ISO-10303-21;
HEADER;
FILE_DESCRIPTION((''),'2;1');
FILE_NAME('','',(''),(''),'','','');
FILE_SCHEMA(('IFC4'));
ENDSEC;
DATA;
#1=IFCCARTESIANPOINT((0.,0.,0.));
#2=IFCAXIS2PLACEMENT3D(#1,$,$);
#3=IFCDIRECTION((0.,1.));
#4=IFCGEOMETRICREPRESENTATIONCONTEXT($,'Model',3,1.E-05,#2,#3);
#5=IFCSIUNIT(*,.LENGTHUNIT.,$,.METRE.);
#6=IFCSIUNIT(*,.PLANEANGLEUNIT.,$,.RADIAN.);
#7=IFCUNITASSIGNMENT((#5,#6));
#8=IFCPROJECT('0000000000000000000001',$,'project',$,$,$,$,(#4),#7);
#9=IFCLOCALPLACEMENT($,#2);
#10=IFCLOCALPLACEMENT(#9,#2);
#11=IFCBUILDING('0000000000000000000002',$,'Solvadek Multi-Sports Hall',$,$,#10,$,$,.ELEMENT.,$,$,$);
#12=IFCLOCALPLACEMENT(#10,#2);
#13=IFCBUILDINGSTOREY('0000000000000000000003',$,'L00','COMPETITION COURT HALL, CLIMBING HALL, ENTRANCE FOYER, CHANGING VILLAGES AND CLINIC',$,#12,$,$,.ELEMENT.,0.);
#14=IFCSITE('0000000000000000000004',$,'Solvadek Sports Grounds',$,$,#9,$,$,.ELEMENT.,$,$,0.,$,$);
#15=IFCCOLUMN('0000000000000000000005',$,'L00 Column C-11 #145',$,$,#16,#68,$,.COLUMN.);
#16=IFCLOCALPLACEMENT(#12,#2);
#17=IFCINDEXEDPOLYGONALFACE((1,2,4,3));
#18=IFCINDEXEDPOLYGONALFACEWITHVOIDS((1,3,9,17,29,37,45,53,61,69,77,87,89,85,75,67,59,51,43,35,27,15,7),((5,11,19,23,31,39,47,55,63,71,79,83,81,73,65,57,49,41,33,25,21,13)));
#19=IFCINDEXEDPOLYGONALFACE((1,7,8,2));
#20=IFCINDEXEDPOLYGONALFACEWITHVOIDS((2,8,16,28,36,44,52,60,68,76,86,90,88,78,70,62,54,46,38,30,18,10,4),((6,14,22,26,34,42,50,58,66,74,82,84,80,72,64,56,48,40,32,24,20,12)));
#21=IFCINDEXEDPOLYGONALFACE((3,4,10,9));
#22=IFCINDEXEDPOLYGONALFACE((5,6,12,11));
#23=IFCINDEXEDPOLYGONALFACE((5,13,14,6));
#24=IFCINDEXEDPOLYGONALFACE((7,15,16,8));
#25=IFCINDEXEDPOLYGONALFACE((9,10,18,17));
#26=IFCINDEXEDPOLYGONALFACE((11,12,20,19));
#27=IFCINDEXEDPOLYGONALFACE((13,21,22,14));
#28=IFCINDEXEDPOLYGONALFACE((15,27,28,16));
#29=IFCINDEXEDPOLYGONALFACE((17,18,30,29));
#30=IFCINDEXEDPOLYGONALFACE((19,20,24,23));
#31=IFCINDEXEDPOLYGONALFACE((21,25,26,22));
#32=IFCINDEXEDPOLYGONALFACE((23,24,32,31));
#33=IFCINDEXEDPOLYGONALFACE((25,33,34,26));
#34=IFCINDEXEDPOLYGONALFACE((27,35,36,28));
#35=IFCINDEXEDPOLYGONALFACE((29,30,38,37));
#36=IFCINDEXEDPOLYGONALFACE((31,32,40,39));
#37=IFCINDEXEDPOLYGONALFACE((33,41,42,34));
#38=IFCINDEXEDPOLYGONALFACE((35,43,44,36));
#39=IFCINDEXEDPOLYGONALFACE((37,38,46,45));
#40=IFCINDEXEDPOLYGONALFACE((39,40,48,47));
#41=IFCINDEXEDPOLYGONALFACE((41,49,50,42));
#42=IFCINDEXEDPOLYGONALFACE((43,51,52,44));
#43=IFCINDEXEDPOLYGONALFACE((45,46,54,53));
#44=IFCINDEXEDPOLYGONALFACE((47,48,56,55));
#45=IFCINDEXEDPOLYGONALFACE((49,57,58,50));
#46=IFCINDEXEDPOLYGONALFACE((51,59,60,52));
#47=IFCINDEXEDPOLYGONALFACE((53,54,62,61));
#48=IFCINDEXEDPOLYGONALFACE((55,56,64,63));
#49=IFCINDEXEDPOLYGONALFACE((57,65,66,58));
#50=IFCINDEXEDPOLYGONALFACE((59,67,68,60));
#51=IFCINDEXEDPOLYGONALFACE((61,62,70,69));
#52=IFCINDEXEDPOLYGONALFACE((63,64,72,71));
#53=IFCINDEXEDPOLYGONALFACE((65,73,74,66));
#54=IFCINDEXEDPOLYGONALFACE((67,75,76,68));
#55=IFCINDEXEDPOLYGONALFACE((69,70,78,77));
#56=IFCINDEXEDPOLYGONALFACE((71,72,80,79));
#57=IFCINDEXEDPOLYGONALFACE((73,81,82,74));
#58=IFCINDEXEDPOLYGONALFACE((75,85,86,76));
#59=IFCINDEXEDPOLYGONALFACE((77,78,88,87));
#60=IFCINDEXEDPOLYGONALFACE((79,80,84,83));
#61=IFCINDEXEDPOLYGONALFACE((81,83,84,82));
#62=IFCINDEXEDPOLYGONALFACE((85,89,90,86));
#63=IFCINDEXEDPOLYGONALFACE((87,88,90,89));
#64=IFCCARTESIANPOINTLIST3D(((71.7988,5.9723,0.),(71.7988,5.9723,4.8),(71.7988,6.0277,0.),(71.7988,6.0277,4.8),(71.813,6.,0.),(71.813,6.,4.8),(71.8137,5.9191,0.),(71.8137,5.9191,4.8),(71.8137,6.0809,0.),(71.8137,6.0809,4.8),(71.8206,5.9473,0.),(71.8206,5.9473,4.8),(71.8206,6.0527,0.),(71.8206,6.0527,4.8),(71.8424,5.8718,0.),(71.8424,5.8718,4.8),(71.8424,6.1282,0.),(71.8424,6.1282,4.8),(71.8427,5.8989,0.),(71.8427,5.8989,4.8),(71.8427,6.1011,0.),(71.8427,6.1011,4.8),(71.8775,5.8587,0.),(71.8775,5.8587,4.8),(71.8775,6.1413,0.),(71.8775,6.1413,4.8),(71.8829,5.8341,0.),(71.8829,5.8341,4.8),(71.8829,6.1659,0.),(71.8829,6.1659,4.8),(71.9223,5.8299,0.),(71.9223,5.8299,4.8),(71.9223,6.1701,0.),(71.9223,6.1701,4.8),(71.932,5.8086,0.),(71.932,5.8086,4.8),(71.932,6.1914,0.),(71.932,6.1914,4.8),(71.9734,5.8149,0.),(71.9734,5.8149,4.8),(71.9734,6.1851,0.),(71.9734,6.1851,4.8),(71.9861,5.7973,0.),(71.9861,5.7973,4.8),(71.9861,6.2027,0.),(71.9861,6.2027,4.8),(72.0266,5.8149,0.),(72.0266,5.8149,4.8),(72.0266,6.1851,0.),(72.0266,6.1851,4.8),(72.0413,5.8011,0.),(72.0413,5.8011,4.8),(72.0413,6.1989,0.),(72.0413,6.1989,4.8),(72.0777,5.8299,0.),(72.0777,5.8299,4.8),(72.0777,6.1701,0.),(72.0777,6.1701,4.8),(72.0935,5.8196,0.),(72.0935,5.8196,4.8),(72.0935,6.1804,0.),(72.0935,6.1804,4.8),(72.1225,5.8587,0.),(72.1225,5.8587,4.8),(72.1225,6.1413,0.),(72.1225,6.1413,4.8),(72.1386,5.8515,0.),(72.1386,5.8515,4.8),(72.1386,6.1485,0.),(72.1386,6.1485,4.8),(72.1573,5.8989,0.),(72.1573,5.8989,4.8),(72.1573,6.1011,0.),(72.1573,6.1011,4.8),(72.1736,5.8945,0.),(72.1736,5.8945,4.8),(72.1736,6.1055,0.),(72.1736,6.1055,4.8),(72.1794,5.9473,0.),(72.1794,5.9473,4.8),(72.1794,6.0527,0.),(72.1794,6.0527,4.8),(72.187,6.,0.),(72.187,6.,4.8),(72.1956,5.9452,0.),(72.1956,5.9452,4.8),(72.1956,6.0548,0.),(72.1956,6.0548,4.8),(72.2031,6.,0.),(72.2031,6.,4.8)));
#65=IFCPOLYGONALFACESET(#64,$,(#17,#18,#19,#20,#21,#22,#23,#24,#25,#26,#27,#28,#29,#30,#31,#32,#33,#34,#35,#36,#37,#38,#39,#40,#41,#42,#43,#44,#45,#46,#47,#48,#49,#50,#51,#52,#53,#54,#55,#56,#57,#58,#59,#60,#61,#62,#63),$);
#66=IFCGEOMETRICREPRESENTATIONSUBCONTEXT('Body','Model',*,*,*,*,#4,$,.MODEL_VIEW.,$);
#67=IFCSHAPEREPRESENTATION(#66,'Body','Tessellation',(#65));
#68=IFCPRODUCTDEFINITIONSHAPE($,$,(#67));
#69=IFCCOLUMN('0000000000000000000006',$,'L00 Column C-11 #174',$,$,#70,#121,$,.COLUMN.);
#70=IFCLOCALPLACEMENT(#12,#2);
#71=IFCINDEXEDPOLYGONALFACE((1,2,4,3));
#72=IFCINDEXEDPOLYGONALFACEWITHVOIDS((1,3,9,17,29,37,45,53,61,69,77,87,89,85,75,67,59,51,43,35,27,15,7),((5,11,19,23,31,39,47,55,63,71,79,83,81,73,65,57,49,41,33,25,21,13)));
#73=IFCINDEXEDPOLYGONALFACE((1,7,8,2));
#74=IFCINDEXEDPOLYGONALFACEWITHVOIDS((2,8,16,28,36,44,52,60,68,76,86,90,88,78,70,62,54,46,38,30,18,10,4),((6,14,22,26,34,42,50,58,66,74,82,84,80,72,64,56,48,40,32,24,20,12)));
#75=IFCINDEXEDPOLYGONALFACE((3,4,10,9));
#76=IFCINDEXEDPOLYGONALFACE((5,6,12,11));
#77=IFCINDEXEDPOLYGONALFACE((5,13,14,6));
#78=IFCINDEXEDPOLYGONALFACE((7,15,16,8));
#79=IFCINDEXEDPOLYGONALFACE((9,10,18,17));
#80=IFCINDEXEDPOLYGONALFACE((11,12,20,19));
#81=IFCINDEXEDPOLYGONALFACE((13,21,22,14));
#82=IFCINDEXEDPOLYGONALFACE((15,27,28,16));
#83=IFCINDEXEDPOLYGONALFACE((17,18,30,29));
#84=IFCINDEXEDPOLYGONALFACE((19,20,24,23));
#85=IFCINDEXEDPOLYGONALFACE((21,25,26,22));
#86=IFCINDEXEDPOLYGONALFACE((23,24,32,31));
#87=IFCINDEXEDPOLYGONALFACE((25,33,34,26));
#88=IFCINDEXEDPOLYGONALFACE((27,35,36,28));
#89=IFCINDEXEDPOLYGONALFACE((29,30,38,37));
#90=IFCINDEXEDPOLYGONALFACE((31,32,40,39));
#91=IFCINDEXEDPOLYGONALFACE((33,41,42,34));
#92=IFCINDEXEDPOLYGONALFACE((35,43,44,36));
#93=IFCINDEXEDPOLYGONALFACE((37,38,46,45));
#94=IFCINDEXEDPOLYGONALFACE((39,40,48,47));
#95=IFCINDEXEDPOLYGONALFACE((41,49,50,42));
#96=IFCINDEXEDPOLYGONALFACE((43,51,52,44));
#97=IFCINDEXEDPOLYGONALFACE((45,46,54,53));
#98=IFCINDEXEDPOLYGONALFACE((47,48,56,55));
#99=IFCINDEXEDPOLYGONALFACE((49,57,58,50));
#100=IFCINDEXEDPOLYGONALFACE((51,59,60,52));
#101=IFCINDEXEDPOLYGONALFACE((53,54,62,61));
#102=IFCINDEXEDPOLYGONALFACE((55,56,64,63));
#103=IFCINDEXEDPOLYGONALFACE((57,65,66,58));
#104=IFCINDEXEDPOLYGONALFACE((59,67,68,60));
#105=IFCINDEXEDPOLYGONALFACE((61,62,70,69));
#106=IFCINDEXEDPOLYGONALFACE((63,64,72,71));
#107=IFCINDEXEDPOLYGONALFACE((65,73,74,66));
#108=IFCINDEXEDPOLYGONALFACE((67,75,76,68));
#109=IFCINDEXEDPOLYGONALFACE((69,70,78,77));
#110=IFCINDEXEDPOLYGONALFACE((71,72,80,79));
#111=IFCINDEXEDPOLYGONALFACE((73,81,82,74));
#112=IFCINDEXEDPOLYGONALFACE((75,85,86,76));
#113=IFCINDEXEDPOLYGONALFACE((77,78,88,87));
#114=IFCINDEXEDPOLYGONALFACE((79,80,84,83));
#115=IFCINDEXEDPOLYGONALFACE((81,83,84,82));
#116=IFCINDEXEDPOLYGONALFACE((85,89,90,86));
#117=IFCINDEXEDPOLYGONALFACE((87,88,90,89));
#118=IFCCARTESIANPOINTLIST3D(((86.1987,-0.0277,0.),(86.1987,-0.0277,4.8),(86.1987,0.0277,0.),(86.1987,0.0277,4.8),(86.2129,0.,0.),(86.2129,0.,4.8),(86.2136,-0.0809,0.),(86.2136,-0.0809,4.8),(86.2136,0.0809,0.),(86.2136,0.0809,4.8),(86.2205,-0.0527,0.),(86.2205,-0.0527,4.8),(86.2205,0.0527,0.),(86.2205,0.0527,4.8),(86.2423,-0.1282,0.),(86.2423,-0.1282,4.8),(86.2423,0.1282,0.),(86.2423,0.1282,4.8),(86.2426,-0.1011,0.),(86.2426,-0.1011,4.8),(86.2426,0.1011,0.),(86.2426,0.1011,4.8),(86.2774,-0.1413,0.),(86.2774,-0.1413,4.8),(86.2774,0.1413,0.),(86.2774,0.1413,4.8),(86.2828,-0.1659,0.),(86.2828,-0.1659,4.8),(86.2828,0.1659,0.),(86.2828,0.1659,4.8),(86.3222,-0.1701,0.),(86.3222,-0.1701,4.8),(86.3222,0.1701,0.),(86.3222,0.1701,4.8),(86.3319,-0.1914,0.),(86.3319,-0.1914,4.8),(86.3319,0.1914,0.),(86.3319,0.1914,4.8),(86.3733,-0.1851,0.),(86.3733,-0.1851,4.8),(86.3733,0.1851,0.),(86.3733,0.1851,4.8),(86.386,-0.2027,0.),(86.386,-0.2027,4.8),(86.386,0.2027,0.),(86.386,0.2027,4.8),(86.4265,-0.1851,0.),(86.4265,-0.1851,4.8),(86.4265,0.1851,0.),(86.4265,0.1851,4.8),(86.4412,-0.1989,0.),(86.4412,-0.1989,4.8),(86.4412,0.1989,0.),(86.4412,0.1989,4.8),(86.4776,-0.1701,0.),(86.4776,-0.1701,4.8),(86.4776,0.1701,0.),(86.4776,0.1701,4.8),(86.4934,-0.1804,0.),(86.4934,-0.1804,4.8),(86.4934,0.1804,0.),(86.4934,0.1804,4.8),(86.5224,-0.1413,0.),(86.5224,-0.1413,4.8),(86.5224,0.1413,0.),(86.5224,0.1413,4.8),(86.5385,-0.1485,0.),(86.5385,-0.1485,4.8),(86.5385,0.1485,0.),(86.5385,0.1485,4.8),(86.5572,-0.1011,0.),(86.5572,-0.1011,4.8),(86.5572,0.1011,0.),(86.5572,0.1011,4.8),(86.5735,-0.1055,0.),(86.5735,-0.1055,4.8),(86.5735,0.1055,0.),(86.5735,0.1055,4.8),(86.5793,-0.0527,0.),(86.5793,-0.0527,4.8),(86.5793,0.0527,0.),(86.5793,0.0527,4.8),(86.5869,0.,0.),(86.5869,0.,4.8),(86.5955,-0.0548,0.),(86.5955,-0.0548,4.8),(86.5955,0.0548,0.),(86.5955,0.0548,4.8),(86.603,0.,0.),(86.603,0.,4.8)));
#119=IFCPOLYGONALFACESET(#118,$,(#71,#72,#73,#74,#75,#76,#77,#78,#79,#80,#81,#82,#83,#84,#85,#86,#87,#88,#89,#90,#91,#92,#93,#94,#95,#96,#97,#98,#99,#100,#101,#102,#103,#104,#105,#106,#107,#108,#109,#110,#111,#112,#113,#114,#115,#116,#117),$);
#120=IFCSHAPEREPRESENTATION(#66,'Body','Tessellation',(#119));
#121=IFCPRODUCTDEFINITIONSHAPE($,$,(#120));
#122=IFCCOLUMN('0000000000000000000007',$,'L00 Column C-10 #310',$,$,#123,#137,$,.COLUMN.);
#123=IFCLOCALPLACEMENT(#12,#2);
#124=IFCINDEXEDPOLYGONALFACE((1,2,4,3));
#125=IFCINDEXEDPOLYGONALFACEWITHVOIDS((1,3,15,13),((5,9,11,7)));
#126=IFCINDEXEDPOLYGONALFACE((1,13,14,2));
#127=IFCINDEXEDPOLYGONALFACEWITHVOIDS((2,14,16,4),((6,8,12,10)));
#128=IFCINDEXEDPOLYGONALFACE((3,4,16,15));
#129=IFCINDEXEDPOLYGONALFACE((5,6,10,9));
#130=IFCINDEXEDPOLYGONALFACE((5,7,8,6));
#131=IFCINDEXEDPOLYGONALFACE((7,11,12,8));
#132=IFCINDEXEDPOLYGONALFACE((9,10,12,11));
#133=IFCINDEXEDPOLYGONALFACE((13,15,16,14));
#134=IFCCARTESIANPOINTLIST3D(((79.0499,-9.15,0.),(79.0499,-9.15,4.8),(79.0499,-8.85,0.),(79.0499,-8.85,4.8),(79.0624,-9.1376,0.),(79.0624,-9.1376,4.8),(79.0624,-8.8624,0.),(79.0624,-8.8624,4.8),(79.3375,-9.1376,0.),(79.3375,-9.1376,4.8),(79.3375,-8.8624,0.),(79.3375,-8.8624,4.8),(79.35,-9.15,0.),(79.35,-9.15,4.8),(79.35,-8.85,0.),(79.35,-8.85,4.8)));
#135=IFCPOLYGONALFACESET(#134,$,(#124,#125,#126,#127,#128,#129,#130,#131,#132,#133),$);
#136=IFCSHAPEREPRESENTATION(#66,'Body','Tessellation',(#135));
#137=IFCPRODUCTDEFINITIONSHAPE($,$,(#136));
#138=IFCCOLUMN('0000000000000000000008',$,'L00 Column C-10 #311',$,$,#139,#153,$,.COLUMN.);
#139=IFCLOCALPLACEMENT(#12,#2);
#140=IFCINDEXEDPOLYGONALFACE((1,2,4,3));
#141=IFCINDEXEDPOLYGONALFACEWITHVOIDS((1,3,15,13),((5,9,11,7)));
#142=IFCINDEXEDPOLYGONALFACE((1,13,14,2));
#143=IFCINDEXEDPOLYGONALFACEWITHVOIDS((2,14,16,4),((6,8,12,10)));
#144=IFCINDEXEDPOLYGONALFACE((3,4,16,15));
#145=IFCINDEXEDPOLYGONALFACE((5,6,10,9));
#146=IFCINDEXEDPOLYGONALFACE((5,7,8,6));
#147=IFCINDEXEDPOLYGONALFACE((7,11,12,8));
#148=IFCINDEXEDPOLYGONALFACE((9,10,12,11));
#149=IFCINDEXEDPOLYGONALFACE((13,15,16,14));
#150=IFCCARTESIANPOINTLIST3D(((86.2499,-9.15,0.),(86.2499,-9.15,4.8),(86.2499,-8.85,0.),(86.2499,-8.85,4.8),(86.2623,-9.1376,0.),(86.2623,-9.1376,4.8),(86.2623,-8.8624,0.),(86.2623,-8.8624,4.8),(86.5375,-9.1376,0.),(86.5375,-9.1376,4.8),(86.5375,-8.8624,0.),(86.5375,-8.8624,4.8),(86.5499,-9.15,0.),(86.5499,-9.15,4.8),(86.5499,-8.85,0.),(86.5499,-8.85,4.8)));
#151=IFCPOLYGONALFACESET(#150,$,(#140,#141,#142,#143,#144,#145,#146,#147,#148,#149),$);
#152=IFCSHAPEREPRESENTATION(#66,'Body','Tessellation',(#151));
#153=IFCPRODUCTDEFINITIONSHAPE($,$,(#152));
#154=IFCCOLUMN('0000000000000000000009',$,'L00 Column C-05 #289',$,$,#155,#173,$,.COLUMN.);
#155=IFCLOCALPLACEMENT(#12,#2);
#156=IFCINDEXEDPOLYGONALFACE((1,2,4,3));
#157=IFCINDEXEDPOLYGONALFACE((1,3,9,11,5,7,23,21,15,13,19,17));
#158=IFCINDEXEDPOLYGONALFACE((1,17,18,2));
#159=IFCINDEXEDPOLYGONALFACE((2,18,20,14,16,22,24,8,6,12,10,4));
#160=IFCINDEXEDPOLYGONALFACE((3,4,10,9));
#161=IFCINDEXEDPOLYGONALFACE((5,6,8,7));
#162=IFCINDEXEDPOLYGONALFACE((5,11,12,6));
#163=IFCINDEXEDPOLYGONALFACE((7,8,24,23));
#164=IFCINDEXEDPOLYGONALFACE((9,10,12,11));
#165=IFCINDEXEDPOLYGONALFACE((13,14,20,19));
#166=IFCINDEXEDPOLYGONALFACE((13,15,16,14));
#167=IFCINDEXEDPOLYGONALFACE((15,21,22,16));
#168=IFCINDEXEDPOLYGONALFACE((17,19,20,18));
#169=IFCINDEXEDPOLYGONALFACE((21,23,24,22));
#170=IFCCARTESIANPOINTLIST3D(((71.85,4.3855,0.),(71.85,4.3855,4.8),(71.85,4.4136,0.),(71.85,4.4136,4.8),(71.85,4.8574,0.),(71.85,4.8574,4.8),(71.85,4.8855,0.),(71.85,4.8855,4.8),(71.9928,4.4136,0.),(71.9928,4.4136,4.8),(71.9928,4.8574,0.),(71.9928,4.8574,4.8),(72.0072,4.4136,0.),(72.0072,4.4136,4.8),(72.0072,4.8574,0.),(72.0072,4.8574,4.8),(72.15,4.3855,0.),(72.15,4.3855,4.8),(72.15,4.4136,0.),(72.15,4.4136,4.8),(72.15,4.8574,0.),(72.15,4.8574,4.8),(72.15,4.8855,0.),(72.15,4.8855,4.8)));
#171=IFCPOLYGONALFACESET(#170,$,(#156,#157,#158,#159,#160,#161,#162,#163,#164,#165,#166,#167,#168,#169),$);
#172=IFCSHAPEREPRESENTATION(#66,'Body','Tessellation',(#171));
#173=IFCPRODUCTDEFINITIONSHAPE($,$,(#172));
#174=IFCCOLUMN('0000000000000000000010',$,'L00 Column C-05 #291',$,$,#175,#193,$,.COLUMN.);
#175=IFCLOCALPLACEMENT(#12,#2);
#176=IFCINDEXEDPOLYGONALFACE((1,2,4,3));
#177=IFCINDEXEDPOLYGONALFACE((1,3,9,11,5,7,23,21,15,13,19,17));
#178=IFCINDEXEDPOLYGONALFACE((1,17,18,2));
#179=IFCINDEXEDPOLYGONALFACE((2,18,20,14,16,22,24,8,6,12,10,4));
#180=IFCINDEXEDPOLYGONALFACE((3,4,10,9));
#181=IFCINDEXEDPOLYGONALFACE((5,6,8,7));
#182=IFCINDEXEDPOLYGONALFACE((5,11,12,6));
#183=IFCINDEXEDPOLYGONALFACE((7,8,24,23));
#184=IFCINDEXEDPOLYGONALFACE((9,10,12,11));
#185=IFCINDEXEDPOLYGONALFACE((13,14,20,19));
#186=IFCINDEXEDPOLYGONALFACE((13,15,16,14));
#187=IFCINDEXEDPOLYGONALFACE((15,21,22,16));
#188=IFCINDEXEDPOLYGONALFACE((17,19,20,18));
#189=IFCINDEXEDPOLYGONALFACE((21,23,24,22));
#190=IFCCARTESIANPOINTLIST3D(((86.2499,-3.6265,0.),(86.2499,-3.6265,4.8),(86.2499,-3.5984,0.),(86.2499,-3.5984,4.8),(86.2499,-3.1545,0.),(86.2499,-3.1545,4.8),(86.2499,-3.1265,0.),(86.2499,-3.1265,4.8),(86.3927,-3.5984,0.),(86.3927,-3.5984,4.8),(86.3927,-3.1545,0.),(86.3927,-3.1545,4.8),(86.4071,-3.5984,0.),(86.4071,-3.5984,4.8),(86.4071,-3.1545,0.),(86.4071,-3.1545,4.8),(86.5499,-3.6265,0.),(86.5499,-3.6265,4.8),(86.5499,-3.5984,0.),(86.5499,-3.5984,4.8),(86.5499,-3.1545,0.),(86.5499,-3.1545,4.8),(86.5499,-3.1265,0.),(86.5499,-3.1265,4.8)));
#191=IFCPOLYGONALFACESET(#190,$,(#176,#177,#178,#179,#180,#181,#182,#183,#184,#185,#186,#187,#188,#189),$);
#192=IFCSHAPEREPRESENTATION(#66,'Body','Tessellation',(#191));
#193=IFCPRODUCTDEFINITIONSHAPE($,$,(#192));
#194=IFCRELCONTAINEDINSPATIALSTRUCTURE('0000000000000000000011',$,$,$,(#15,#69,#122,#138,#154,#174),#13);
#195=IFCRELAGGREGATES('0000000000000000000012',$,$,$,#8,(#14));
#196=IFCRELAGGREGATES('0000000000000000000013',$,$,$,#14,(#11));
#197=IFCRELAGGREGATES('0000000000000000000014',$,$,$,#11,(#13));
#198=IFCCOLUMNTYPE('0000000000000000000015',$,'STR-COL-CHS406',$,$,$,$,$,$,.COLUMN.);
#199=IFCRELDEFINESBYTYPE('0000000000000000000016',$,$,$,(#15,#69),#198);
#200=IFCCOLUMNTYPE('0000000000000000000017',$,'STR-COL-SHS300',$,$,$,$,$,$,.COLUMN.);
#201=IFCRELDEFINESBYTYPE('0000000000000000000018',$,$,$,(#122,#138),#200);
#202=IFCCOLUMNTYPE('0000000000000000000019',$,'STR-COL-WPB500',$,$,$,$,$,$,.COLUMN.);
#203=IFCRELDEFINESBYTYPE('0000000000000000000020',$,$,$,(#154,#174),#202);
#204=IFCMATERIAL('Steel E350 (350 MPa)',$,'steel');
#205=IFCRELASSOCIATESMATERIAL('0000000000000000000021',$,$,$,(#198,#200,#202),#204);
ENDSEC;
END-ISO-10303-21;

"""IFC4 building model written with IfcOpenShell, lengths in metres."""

from ifc_helpers import new_model, si_unit, direction, frame, origin, origin_2d, place, context, subcontext, project, spatial, hollow_rectangle, hollow_circle, i_section, extrude, material, material_profile, profile_set, type_object, element, save


model = new_model("IFC4")

# Units and contexts
model_context = context("Model", 3, precision=1e-05, world=origin(), true_north=direction((0.0, 1.0)))
body_context = subcontext(model_context, "Body", "Model", "MODEL_VIEW")
ifc_project = project(units=[si_unit("LENGTHUNIT", "METRE"), si_unit("PLANEANGLEUNIT", "RADIAN")], contexts=[model_context])

# Site, building, storey
site_placement = place(None, origin())
site = spatial("IfcSite", under=ifc_project, at=site_placement, Name="Solvadek Sports Grounds", CompositionType="ELEMENT", RefElevation=0.0)
building_placement = place(site_placement, origin())
building = spatial("IfcBuilding", under=site, at=building_placement, Name="Solvadek Multi-Sports Hall", CompositionType="ELEMENT")
storey_placement = place(building_placement, origin())
storey = spatial("IfcBuildingStorey", under=building, at=storey_placement, Name="L00", Description="COMPETITION COURT HALL, CLIMBING HALL, ENTRANCE FOYER, CHANGING VILLAGES AND CLINIC", CompositionType="ELEMENT", Elevation=0.0)

# Columns
ifc_material_1 = material(Name="Steel E350 (350 MPa)", Category="steel")
ifc_material_profile_1 = material_profile(ifc_material_1, hollow_circle(Radius=0.2031, WallThickness=0.0161, at=origin_2d()), Name="CHS 406.4x16")
ifc_profile_set_1 = profile_set([ifc_material_profile_1], Name="Steel E350 (350 MPa)")
column_type_1 = type_object("IfcColumnType", Name="STR-COL-CHS406", PredefinedType="COLUMN", material=ifc_profile_set_1)
for number, where, z_axis, x_axis, name in (
    (1, (72.0, 6.0, 0.0), (0.0, 0.0, 1.0), (1.0, 0.0, 0.0), "L00 Column C-11 #145"),
    (2, (86.3999, 0.0, 0.0), (0.0, 0.0, 1.0), (1.0, 0.0, 0.0), "L00 Column C-11 #174"),
):
    element("IfcColumn", number, at=place(storey_placement, frame(where, z_axis=z_axis, x_axis=x_axis)), inside=storey, type_object=column_type_1, Name=name, PredefinedType="COLUMN", context=body_context, shape_type="SweptSolid", body=[
        extrude(hollow_circle(Radius=0.2031, WallThickness=0.0161, at=origin_2d()), origin(), (0.0, 0.0, 1.0), 4.8),
    ])
ifc_material_profile_2 = material_profile(ifc_material_1, hollow_rectangle(XDim=0.3, YDim=0.3, WallThickness=0.0125, at=origin_2d()), Name="SHS 300x300x12.5")
ifc_profile_set_2 = profile_set([ifc_material_profile_2], Name="Steel E350 (350 MPa)")
column_type_2 = type_object("IfcColumnType", Name="STR-COL-SHS300", PredefinedType="COLUMN", material=ifc_profile_set_2)
for number, where, z_axis, x_axis, name in (
    (3, (79.2, -9.0, 0.0), (0.0, 0.0, 1.0), (1.0, 0.0, 0.0), "L00 Column C-10 #310"),
    (4, (86.3999, -9.0, 0.0), (0.0, 0.0, 1.0), (1.0, 0.0, 0.0), "L00 Column C-10 #311"),
):
    element("IfcColumn", number, at=place(storey_placement, frame(where, z_axis=z_axis, x_axis=x_axis)), inside=storey, type_object=column_type_2, Name=name, PredefinedType="COLUMN", context=body_context, shape_type="SweptSolid", body=[
        extrude(hollow_rectangle(XDim=0.3, YDim=0.3, WallThickness=0.0125, at=origin_2d()), origin(), (0.0, 0.0, 1.0), 4.8),
    ])
ifc_material_profile_3 = material_profile(ifc_material_1, i_section(OverallWidth=0.3, OverallDepth=0.5, WebThickness=0.0144, FlangeThickness=0.0281, at=origin_2d()), Name="WPB 500")
ifc_profile_set_3 = profile_set([ifc_material_profile_3], Name="Steel E350 (350 MPa)")
column_type_3 = type_object("IfcColumnType", Name="STR-COL-WPB500", PredefinedType="COLUMN", material=ifc_profile_set_3)
for number, where, z_axis, x_axis, name in (
    (5, (72.0, 4.6355, 0.0), (0.0, 0.0, 1.0), (1.0, 0.0, 0.0), "L00 Column C-05 #289"),
    (6, (86.3999, -3.3765, 0.0), (0.0, 0.0, 1.0), (1.0, 0.0, 0.0), "L00 Column C-05 #291"),
):
    element("IfcColumn", number, at=place(storey_placement, frame(where, z_axis=z_axis, x_axis=x_axis)), inside=storey, type_object=column_type_3, Name=name, PredefinedType="COLUMN", context=body_context, shape_type="SweptSolid", body=[
        extrude(i_section(OverallWidth=0.3, OverallDepth=0.5, WebThickness=0.0144, FlangeThickness=0.0281, at=origin_2d()), origin(), (0.0, 0.0, 1.0), 4.8),
    ])

save(model, "model.ifc")
